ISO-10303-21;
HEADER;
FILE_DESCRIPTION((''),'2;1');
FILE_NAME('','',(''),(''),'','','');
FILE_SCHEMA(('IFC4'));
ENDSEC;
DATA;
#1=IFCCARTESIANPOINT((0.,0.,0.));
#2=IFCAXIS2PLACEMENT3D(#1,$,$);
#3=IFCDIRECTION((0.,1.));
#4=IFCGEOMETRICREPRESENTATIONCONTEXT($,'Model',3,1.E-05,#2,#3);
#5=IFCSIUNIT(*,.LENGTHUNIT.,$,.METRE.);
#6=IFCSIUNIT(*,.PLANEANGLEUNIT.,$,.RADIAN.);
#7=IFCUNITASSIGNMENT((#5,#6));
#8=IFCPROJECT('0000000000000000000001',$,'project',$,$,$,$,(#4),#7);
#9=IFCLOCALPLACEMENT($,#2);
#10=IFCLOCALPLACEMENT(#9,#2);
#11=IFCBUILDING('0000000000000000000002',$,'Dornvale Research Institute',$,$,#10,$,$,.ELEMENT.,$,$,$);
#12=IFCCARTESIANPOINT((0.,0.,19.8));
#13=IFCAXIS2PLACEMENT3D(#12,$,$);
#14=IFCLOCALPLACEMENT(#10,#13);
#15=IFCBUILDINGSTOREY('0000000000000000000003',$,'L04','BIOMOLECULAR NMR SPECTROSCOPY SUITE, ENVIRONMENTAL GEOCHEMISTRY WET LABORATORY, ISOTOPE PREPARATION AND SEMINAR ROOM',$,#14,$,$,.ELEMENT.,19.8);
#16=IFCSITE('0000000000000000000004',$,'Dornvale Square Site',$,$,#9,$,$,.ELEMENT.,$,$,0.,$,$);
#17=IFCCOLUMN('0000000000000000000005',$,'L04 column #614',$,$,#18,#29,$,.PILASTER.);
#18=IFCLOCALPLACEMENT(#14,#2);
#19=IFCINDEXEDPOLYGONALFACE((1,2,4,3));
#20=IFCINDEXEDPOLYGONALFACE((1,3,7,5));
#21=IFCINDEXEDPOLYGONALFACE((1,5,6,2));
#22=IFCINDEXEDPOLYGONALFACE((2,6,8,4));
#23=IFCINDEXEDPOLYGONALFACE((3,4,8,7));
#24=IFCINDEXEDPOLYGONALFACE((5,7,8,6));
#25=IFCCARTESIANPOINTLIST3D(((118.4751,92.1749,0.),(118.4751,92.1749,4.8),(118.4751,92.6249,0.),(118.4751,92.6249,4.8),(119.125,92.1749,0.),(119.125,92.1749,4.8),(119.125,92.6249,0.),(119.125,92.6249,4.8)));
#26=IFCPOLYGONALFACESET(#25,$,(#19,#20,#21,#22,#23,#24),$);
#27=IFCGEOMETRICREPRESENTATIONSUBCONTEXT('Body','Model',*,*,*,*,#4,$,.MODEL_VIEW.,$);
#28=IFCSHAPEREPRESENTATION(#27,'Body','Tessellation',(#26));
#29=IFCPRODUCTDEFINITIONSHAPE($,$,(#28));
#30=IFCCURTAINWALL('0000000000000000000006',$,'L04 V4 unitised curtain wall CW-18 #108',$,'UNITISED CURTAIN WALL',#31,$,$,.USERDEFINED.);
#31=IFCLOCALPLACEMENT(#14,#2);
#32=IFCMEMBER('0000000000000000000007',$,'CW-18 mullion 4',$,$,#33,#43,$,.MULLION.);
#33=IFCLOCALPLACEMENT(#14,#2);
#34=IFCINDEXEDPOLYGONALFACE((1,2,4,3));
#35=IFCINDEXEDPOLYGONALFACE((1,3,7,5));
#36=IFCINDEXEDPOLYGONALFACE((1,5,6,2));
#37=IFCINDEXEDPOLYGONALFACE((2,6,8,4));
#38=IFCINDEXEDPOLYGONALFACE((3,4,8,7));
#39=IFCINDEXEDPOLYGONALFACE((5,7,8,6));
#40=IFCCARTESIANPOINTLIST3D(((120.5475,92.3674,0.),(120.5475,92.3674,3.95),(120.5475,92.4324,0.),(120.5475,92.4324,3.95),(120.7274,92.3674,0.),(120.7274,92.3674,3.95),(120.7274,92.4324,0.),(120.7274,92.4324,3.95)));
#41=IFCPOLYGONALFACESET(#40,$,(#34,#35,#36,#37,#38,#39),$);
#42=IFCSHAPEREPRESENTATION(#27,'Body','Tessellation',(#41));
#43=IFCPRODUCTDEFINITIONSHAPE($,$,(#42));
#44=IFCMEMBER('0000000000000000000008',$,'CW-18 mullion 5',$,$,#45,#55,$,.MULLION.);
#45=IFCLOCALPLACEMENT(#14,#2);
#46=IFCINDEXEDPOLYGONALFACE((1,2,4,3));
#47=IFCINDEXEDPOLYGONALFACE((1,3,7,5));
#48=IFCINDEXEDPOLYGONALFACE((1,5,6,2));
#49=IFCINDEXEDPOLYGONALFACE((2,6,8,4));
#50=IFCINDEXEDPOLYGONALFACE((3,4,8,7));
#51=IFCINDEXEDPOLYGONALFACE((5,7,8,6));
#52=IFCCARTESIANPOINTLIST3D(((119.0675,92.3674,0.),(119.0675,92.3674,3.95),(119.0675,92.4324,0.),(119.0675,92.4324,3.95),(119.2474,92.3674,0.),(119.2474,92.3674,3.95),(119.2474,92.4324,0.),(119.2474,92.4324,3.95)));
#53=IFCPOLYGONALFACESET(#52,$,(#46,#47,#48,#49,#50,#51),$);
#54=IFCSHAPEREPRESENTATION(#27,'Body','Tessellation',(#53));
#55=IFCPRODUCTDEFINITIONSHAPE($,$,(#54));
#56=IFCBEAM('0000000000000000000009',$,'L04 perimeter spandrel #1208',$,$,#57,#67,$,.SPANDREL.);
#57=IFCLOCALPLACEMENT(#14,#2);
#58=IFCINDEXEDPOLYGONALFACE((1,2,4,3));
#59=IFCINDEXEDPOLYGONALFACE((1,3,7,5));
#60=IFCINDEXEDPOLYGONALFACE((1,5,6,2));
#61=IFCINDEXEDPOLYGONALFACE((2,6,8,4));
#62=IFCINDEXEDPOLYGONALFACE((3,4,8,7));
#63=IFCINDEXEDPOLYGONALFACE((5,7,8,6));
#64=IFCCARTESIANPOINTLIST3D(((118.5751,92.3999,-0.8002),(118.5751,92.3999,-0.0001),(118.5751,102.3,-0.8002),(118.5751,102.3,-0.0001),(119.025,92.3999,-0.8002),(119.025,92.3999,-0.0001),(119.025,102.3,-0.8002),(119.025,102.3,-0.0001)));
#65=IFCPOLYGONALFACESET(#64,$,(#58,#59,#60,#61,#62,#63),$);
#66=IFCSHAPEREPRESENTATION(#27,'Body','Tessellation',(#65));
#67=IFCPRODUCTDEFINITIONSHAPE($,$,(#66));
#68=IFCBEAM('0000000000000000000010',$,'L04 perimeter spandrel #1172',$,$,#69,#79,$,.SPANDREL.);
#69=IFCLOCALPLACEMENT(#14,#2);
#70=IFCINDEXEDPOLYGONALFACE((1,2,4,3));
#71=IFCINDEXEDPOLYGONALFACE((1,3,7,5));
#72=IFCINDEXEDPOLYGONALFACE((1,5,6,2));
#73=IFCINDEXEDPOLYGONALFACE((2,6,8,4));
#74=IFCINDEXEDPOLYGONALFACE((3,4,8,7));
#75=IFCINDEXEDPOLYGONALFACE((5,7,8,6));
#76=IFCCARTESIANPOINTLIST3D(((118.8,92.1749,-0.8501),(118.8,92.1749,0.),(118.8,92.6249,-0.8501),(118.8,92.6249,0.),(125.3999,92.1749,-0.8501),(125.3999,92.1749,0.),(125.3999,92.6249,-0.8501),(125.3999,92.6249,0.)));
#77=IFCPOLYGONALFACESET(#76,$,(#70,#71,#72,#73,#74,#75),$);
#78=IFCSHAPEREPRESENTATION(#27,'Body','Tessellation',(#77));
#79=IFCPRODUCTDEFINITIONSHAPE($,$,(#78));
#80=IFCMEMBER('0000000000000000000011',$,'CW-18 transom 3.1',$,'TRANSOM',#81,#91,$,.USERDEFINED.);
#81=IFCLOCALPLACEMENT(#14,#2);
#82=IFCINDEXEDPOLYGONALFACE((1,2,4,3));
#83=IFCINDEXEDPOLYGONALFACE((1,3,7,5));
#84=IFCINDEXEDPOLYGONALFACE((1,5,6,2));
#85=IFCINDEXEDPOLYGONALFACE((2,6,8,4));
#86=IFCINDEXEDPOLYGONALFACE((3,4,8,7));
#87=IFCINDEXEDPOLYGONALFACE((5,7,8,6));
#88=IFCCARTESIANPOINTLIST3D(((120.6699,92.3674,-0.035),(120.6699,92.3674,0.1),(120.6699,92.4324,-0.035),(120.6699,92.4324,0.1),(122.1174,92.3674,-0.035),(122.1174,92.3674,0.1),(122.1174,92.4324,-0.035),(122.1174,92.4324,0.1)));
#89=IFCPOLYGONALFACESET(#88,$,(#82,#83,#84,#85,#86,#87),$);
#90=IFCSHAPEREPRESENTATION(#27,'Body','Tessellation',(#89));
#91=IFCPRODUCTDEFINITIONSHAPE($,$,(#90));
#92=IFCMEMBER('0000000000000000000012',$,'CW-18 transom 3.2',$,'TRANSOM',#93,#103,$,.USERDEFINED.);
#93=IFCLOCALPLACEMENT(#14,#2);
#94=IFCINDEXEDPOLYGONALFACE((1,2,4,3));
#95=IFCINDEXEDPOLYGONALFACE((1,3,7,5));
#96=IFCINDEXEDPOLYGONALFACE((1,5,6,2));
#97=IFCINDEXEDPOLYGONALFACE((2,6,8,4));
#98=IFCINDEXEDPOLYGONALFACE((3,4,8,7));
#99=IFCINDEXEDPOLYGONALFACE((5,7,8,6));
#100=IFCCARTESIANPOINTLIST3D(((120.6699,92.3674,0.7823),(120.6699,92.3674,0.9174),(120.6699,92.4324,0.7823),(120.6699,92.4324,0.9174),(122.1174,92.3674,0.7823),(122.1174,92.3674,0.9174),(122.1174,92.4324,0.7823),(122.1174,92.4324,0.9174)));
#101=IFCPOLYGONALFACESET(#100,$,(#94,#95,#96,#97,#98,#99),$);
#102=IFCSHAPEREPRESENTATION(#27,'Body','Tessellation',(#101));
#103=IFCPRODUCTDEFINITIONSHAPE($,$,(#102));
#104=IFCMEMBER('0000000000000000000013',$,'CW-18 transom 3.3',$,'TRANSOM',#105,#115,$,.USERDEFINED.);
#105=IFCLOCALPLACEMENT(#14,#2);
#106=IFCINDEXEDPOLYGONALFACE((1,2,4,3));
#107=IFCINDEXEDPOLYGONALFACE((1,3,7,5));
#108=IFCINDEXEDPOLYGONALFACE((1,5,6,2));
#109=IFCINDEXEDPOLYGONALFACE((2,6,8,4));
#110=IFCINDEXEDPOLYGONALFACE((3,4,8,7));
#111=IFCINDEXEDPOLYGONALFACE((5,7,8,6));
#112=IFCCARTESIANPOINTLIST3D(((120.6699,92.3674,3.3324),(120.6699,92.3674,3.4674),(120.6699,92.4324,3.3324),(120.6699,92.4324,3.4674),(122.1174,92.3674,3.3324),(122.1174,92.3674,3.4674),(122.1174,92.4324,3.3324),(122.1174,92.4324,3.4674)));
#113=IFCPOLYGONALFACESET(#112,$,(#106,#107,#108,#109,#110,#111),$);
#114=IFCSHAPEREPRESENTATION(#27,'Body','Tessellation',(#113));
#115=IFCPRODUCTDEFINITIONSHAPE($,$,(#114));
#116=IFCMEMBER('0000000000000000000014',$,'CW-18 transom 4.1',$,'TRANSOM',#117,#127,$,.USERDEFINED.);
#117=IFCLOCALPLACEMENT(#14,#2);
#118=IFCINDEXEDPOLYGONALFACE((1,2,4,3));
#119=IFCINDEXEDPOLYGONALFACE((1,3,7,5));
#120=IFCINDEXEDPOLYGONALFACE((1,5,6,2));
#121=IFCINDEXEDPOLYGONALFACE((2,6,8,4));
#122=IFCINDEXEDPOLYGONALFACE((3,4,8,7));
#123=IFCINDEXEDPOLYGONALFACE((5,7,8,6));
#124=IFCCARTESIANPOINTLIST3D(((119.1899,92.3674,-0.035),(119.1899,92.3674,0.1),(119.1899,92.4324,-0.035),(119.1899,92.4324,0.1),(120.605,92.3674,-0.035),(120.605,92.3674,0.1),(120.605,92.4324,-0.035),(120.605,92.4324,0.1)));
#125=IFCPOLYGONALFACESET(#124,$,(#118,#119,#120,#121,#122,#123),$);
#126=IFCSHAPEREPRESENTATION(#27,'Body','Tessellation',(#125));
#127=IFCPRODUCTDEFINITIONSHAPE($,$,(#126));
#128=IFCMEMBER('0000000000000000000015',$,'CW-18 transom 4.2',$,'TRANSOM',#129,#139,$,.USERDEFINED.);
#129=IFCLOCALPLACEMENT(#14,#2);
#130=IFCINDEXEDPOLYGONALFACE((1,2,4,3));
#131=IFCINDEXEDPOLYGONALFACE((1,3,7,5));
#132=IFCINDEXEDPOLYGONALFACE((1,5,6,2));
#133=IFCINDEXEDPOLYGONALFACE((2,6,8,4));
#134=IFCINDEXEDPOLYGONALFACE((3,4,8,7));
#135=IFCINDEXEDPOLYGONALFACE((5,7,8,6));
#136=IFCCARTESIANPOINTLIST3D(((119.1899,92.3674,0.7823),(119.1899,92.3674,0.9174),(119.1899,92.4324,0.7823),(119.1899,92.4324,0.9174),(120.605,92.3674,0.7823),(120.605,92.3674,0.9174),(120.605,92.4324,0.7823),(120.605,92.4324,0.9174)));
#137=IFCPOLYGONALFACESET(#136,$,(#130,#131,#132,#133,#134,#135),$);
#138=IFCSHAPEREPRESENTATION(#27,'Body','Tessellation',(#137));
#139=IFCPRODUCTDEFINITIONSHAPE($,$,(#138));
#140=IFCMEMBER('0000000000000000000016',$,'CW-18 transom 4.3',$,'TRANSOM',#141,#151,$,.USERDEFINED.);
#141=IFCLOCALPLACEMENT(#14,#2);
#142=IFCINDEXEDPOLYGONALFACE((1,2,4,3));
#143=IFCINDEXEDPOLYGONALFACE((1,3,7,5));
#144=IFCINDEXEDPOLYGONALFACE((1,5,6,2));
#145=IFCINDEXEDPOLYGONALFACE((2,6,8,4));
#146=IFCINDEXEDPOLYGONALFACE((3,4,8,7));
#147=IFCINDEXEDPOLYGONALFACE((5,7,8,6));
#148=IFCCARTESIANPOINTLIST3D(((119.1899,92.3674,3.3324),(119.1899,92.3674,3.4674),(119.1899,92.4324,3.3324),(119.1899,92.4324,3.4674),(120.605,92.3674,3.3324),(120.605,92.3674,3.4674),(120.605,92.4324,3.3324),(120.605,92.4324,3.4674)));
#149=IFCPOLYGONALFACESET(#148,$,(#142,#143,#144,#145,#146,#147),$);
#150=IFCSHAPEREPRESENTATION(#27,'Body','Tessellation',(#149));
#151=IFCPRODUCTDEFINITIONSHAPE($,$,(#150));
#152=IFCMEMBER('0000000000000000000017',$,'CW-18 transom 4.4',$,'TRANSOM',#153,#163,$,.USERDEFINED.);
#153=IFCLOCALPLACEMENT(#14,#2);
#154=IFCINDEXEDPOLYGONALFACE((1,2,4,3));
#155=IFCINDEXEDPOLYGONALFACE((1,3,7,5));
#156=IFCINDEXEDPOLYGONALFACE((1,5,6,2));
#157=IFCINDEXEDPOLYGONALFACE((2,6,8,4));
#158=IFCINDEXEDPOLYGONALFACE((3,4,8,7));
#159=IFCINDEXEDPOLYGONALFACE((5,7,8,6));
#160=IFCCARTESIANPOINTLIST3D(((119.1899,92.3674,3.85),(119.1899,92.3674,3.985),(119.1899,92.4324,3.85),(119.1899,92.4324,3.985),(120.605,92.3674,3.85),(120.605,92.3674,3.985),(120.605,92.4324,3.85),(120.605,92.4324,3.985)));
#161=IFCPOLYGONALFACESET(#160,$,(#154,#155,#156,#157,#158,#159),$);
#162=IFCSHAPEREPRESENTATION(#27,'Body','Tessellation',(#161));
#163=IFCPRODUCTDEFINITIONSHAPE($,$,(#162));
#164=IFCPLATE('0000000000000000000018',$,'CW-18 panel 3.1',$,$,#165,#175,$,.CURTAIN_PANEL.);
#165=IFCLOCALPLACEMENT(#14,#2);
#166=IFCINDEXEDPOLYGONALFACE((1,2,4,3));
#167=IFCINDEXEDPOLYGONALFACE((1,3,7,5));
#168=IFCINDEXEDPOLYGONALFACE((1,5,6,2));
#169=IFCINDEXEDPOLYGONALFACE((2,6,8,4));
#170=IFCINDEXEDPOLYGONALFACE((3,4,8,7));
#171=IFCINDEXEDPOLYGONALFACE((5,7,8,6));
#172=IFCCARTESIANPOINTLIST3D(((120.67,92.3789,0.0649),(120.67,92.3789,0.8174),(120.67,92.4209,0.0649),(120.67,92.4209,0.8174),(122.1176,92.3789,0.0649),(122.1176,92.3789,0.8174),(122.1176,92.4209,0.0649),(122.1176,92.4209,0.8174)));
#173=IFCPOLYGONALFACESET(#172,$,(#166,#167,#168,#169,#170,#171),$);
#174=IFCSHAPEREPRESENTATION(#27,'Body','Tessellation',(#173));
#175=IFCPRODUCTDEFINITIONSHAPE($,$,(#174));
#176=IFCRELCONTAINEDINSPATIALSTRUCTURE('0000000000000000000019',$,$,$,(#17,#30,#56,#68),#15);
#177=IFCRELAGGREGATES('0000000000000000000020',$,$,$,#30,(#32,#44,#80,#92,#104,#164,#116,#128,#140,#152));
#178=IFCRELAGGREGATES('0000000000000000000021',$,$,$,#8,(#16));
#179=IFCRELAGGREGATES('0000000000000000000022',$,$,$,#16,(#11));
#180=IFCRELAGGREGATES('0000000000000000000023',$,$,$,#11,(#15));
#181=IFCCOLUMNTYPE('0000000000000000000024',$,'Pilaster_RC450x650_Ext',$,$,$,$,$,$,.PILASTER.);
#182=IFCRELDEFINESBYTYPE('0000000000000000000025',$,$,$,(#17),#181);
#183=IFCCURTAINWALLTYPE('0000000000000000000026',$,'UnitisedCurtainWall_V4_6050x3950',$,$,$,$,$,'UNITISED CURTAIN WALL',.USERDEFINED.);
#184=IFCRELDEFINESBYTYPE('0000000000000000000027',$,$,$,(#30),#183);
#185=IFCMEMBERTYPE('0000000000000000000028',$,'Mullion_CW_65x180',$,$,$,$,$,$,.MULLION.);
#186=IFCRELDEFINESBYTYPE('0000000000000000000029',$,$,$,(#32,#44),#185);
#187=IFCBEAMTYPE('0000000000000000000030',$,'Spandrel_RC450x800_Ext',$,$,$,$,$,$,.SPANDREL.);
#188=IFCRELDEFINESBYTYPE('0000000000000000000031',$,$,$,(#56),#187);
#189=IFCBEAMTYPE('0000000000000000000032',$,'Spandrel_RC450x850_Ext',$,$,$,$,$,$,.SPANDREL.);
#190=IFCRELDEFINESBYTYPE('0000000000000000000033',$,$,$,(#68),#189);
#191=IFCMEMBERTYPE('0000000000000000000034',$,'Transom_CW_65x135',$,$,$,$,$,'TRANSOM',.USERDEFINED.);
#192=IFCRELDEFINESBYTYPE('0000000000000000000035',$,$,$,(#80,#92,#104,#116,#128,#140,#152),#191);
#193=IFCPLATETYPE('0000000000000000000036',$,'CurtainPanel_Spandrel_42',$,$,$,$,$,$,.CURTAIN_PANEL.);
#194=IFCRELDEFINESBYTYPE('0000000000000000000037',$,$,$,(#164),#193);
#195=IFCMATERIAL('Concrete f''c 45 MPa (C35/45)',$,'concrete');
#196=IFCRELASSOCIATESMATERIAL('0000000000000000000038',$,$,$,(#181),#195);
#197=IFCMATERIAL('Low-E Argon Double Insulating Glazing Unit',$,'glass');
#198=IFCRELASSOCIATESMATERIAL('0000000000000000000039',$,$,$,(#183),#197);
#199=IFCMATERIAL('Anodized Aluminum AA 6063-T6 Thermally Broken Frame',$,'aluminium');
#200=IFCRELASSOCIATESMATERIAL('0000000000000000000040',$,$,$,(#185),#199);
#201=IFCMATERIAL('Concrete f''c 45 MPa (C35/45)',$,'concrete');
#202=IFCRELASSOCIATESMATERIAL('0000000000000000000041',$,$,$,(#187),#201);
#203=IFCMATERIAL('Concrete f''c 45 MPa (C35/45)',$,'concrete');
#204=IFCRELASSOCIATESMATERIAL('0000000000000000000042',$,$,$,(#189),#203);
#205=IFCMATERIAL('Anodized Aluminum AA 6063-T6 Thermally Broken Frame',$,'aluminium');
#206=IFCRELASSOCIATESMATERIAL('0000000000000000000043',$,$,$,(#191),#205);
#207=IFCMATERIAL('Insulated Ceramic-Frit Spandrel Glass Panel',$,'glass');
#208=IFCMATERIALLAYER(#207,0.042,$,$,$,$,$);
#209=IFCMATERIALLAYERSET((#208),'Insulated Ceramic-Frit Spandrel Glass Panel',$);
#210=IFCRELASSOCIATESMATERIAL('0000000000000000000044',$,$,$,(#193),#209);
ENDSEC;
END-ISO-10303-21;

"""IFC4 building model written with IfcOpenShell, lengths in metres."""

from ifc_helpers import new_model, si_unit, direction, frame, origin, origin_2d, place, context, subcontext, project, spatial, rectangle, extrude, material, layer, layer_set, material_profile, profile_set, type_object, element, aggregate, save


model = new_model("IFC4")

# Units and contexts
model_context = context("Model", 3, precision=1e-05, world=origin(), true_north=direction((0.0, 1.0)))
body_context = subcontext(model_context, "Body", "Model", "MODEL_VIEW")
ifc_project = project(units=[si_unit("LENGTHUNIT", "METRE"), si_unit("PLANEANGLEUNIT", "RADIAN")], contexts=[model_context])

# Site, building, storey
site_placement = place(None, origin())
site = spatial("IfcSite", under=ifc_project, at=site_placement, Name="Dornvale Square Site", CompositionType="ELEMENT", RefElevation=0.0)
building_placement = place(site_placement, origin())
building = spatial("IfcBuilding", under=site, at=building_placement, Name="Dornvale Research Institute", CompositionType="ELEMENT")
storey_placement = place(building_placement, frame((0.0, 0.0, 19.8)))
storey = spatial("IfcBuildingStorey", under=building, at=storey_placement, Name="L04", Description="BIOMOLECULAR NMR SPECTROSCOPY SUITE, ENVIRONMENTAL GEOCHEMISTRY WET LABORATORY, ISOTOPE PREPARATION AND SEMINAR ROOM", CompositionType="ELEMENT", Elevation=19.8)

# Column
ifc_material_1 = material(Name="Concrete f'c 45 MPa (C35/45)", Category="concrete")
ifc_material_profile_1 = material_profile(ifc_material_1, rectangle(XDim=0.45, YDim=0.6499, at=origin_2d()), Name="RC 450x650")
ifc_profile_set_1 = profile_set([ifc_material_profile_1], Name="Concrete f'c 45 MPa (C35/45)")
column_type = type_object("IfcColumnType", Name="Pilaster_RC450x650_Ext", PredefinedType="PILASTER", material=ifc_profile_set_1)
column_placement = place(storey_placement, frame((118.8, 92.3999, 0.0), z_axis=(0.0, 0.0, 1.0), x_axis=(0.0, 1.0, 0.0)))
element("IfcColumn", 1, at=column_placement, inside=storey, type_object=column_type, Name="L04 column #614", PredefinedType="PILASTER", context=body_context, shape_type="SweptSolid", body=[
    extrude(rectangle(XDim=0.45, YDim=0.6499, at=origin_2d()), origin(), (0.0, 0.0, 1.0), 4.8),
])

# Curtain wall, members
ifc_material_2 = material(Name="Low-E Argon Double Insulating Glazing Unit", Category="glass")
curtain_wall_type = type_object("IfcCurtainWallType", Name="UnitisedCurtainWall_V4_6050x3950", ElementType="UNITISED CURTAIN WALL", PredefinedType="USERDEFINED", material=ifc_material_2)
curtain_wall_placement = place(storey_placement, origin())
curtain_wall = element("IfcCurtainWall", 2, at=curtain_wall_placement, inside=storey, type_object=curtain_wall_type, Name="L04 V4 unitised curtain wall CW-18 #108", ObjectType="UNITISED CURTAIN WALL", PredefinedType="USERDEFINED")
ifc_material_3 = material(Name="Anodized Aluminum AA 6063-T6 Thermally Broken Frame", Category="aluminium")
ifc_material_profile_2 = material_profile(ifc_material_3, rectangle(XDim=0.0649, YDim=0.1799, at=origin_2d()), Name="ALU MULLION 65x180")
ifc_profile_set_2 = profile_set([ifc_material_profile_2], Name="Anodized Aluminum AA 6063-T6 Thermally Broken Frame")
member_type_1 = type_object("IfcMemberType", Name="Mullion_CW_65x180", PredefinedType="MULLION", material=ifc_profile_set_2)
member_1_placement = place(storey_placement, frame((120.6375, 92.3999, 0.0), z_axis=(0.0, 0.0, 1.0), x_axis=(0.0, -1.0, 0.0)))
member_1 = element("IfcMember", 3, at=member_1_placement, type_object=member_type_1, Name="CW-18 mullion 4", PredefinedType="MULLION", context=body_context, shape_type="SweptSolid", body=[
    extrude(rectangle(XDim=0.0649, YDim=0.1799, at=origin_2d()), origin(), (0.0, 0.0, 1.0), 3.95),
])
member_2_placement = place(storey_placement, frame((119.1575, 92.3999, 0.0), z_axis=(0.0, 0.0, 1.0), x_axis=(0.0, -1.0, 0.0)))
member_2 = element("IfcMember", 4, at=member_2_placement, type_object=member_type_1, Name="CW-18 mullion 5", PredefinedType="MULLION", context=body_context, shape_type="SweptSolid", body=[
    extrude(rectangle(XDim=0.0649, YDim=0.1799, at=origin_2d()), origin(), (0.0, 0.0, 1.0), 3.95),
])

# Beams
ifc_material_4 = material(Name="Concrete f'c 45 MPa (C35/45)", Category="concrete")
ifc_material_profile_3 = material_profile(ifc_material_4, rectangle(XDim=0.45, YDim=0.8, at=origin_2d()), Name="RC 450x800")
ifc_profile_set_3 = profile_set([ifc_material_profile_3], Name="Concrete f'c 45 MPa (C35/45)")
beam_type_1 = type_object("IfcBeamType", Name="Spandrel_RC450x800_Ext", PredefinedType="SPANDREL", material=ifc_profile_set_3)
beam_1_placement = place(storey_placement, frame((118.8, 92.3999, -0.4001), z_axis=(0.0, 1.0, 0.0), x_axis=(-1.0, 0.0, 0.0)))
element("IfcBeam", 5, at=beam_1_placement, inside=storey, type_object=beam_type_1, Name="L04 perimeter spandrel #1208", PredefinedType="SPANDREL", context=body_context, shape_type="SweptSolid", body=[
    extrude(rectangle(XDim=0.45, YDim=0.8, at=origin_2d()), origin(), (0.0, 0.0, 1.0), 9.9001),
])
ifc_material_5 = material(Name="Concrete f'c 45 MPa (C35/45)", Category="concrete")
ifc_material_profile_4 = material_profile(ifc_material_5, rectangle(XDim=0.45, YDim=0.8501, at=origin_2d()), Name="RC 450x850")
ifc_profile_set_4 = profile_set([ifc_material_profile_4], Name="Concrete f'c 45 MPa (C35/45)")
beam_type_2 = type_object("IfcBeamType", Name="Spandrel_RC450x850_Ext", PredefinedType="SPANDREL", material=ifc_profile_set_4)
beam_2_placement = place(storey_placement, frame((118.8, 92.3999, -0.425), z_axis=(1.0, 0.0, 0.0), x_axis=(0.0, 1.0, 0.0)))
element("IfcBeam", 6, at=beam_2_placement, inside=storey, type_object=beam_type_2, Name="L04 perimeter spandrel #1172", PredefinedType="SPANDREL", context=body_context, shape_type="SweptSolid", body=[
    extrude(rectangle(XDim=0.45, YDim=0.8501, at=origin_2d()), origin(), (0.0, 0.0, 1.0), 6.5999),
])

# Members
ifc_material_6 = material(Name="Anodized Aluminum AA 6063-T6 Thermally Broken Frame", Category="aluminium")
ifc_material_profile_5 = material_profile(ifc_material_6, rectangle(XDim=0.0649, YDim=0.135, at=origin_2d()), Name="ALU TRANSOM 65x135")
ifc_profile_set_5 = profile_set([ifc_material_profile_5], Name="Anodized Aluminum AA 6063-T6 Thermally Broken Frame")
member_type_2 = type_object("IfcMemberType", Name="Transom_CW_65x135", ElementType="TRANSOM", PredefinedType="USERDEFINED", material=ifc_profile_set_5)
member_3_placement = place(storey_placement, frame((122.1174, 92.3999, 0.0325), z_axis=(-1.0, 0.0, 0.0), x_axis=(0.0, -1.0, 0.0)))
member_3 = element("IfcMember", 7, at=member_3_placement, type_object=member_type_2, Name="CW-18 transom 3.1", ObjectType="TRANSOM", PredefinedType="USERDEFINED", context=body_context, shape_type="SweptSolid", body=[
    extrude(rectangle(XDim=0.0649, YDim=0.135, at=origin_2d()), origin(), (0.0, 0.0, 1.0), 1.4475),
])
member_4_placement = place(storey_placement, frame((122.1174, 92.3999, 0.8499), z_axis=(-1.0, 0.0, 0.0), x_axis=(0.0, -1.0, 0.0)))
member_4 = element("IfcMember", 8, at=member_4_placement, type_object=member_type_2, Name="CW-18 transom 3.2", ObjectType="TRANSOM", PredefinedType="USERDEFINED", context=body_context, shape_type="SweptSolid", body=[
    extrude(rectangle(XDim=0.0649, YDim=0.135, at=origin_2d()), origin(), (0.0, 0.0, 1.0), 1.4475),
])
member_5_placement = place(storey_placement, frame((122.1174, 92.3999, 3.3999), z_axis=(-1.0, 0.0, 0.0), x_axis=(0.0, -1.0, 0.0)))
member_5 = element("IfcMember", 9, at=member_5_placement, type_object=member_type_2, Name="CW-18 transom 3.3", ObjectType="TRANSOM", PredefinedType="USERDEFINED", context=body_context, shape_type="SweptSolid", body=[
    extrude(rectangle(XDim=0.0649, YDim=0.135, at=origin_2d()), origin(), (0.0, 0.0, 1.0), 1.4475),
])
member_6_placement = place(storey_placement, frame((120.605, 92.3999, 0.0325), z_axis=(-1.0, 0.0, 0.0), x_axis=(0.0, -1.0, 0.0)))
member_6 = element("IfcMember", 10, at=member_6_placement, type_object=member_type_2, Name="CW-18 transom 4.1", ObjectType="TRANSOM", PredefinedType="USERDEFINED", context=body_context, shape_type="SweptSolid", body=[
    extrude(rectangle(XDim=0.0649, YDim=0.135, at=origin_2d()), origin(), (0.0, 0.0, 1.0), 1.415),
])
member_7_placement = place(storey_placement, frame((120.605, 92.3999, 0.8499), z_axis=(-1.0, 0.0, 0.0), x_axis=(0.0, -1.0, 0.0)))
member_7 = element("IfcMember", 11, at=member_7_placement, type_object=member_type_2, Name="CW-18 transom 4.2", ObjectType="TRANSOM", PredefinedType="USERDEFINED", context=body_context, shape_type="SweptSolid", body=[
    extrude(rectangle(XDim=0.0649, YDim=0.135, at=origin_2d()), origin(), (0.0, 0.0, 1.0), 1.415),
])
member_8_placement = place(storey_placement, frame((120.605, 92.3999, 3.3999), z_axis=(-1.0, 0.0, 0.0), x_axis=(0.0, -1.0, 0.0)))
member_8 = element("IfcMember", 12, at=member_8_placement, type_object=member_type_2, Name="CW-18 transom 4.3", ObjectType="TRANSOM", PredefinedType="USERDEFINED", context=body_context, shape_type="SweptSolid", body=[
    extrude(rectangle(XDim=0.0649, YDim=0.135, at=origin_2d()), origin(), (0.0, 0.0, 1.0), 1.415),
])
member_9_placement = place(storey_placement, frame((120.605, 92.3999, 3.9175), z_axis=(-1.0, 0.0, 0.0), x_axis=(0.0, -1.0, 0.0)))
member_9 = element("IfcMember", 13, at=member_9_placement, type_object=member_type_2, Name="CW-18 transom 4.4", ObjectType="TRANSOM", PredefinedType="USERDEFINED", context=body_context, shape_type="SweptSolid", body=[
    extrude(rectangle(XDim=0.0649, YDim=0.135, at=origin_2d()), origin(), (0.0, 0.0, 1.0), 1.415),
])

# Plate
ifc_material_7 = material(Name="Insulated Ceramic-Frit Spandrel Glass Panel", Category="glass")
ifc_layer_1 = layer(ifc_material_7, 0.042)
ifc_layer_set_1 = layer_set([ifc_layer_1], Name="Insulated Ceramic-Frit Spandrel Glass Panel")
plate_type_1 = type_object("IfcPlateType", Name="CurtainPanel_Spandrel_42", PredefinedType="CURTAIN_PANEL", material=ifc_layer_set_1)
plate_1_placement = place(storey_placement, frame((121.3938, 92.3999, 0.0649), z_axis=(0.0, 0.0, 1.0), x_axis=(-1.0, 0.0, 0.0)))
plate_1 = element("IfcPlate", 14, at=plate_1_placement, type_object=plate_type_1, Name="CW-18 panel 3.1", PredefinedType="CURTAIN_PANEL", context=body_context, shape_type="SweptSolid", body=[
    extrude(rectangle(XDim=1.4475, YDim=0.042, at=origin_2d()), origin(), (0.0, 0.0, 1.0), 0.7524),
])
aggregate(curtain_wall, [member_1, member_2, member_3, member_4, member_5, plate_1, member_6, member_7, member_8, member_9])

save(model, "model.ifc")
